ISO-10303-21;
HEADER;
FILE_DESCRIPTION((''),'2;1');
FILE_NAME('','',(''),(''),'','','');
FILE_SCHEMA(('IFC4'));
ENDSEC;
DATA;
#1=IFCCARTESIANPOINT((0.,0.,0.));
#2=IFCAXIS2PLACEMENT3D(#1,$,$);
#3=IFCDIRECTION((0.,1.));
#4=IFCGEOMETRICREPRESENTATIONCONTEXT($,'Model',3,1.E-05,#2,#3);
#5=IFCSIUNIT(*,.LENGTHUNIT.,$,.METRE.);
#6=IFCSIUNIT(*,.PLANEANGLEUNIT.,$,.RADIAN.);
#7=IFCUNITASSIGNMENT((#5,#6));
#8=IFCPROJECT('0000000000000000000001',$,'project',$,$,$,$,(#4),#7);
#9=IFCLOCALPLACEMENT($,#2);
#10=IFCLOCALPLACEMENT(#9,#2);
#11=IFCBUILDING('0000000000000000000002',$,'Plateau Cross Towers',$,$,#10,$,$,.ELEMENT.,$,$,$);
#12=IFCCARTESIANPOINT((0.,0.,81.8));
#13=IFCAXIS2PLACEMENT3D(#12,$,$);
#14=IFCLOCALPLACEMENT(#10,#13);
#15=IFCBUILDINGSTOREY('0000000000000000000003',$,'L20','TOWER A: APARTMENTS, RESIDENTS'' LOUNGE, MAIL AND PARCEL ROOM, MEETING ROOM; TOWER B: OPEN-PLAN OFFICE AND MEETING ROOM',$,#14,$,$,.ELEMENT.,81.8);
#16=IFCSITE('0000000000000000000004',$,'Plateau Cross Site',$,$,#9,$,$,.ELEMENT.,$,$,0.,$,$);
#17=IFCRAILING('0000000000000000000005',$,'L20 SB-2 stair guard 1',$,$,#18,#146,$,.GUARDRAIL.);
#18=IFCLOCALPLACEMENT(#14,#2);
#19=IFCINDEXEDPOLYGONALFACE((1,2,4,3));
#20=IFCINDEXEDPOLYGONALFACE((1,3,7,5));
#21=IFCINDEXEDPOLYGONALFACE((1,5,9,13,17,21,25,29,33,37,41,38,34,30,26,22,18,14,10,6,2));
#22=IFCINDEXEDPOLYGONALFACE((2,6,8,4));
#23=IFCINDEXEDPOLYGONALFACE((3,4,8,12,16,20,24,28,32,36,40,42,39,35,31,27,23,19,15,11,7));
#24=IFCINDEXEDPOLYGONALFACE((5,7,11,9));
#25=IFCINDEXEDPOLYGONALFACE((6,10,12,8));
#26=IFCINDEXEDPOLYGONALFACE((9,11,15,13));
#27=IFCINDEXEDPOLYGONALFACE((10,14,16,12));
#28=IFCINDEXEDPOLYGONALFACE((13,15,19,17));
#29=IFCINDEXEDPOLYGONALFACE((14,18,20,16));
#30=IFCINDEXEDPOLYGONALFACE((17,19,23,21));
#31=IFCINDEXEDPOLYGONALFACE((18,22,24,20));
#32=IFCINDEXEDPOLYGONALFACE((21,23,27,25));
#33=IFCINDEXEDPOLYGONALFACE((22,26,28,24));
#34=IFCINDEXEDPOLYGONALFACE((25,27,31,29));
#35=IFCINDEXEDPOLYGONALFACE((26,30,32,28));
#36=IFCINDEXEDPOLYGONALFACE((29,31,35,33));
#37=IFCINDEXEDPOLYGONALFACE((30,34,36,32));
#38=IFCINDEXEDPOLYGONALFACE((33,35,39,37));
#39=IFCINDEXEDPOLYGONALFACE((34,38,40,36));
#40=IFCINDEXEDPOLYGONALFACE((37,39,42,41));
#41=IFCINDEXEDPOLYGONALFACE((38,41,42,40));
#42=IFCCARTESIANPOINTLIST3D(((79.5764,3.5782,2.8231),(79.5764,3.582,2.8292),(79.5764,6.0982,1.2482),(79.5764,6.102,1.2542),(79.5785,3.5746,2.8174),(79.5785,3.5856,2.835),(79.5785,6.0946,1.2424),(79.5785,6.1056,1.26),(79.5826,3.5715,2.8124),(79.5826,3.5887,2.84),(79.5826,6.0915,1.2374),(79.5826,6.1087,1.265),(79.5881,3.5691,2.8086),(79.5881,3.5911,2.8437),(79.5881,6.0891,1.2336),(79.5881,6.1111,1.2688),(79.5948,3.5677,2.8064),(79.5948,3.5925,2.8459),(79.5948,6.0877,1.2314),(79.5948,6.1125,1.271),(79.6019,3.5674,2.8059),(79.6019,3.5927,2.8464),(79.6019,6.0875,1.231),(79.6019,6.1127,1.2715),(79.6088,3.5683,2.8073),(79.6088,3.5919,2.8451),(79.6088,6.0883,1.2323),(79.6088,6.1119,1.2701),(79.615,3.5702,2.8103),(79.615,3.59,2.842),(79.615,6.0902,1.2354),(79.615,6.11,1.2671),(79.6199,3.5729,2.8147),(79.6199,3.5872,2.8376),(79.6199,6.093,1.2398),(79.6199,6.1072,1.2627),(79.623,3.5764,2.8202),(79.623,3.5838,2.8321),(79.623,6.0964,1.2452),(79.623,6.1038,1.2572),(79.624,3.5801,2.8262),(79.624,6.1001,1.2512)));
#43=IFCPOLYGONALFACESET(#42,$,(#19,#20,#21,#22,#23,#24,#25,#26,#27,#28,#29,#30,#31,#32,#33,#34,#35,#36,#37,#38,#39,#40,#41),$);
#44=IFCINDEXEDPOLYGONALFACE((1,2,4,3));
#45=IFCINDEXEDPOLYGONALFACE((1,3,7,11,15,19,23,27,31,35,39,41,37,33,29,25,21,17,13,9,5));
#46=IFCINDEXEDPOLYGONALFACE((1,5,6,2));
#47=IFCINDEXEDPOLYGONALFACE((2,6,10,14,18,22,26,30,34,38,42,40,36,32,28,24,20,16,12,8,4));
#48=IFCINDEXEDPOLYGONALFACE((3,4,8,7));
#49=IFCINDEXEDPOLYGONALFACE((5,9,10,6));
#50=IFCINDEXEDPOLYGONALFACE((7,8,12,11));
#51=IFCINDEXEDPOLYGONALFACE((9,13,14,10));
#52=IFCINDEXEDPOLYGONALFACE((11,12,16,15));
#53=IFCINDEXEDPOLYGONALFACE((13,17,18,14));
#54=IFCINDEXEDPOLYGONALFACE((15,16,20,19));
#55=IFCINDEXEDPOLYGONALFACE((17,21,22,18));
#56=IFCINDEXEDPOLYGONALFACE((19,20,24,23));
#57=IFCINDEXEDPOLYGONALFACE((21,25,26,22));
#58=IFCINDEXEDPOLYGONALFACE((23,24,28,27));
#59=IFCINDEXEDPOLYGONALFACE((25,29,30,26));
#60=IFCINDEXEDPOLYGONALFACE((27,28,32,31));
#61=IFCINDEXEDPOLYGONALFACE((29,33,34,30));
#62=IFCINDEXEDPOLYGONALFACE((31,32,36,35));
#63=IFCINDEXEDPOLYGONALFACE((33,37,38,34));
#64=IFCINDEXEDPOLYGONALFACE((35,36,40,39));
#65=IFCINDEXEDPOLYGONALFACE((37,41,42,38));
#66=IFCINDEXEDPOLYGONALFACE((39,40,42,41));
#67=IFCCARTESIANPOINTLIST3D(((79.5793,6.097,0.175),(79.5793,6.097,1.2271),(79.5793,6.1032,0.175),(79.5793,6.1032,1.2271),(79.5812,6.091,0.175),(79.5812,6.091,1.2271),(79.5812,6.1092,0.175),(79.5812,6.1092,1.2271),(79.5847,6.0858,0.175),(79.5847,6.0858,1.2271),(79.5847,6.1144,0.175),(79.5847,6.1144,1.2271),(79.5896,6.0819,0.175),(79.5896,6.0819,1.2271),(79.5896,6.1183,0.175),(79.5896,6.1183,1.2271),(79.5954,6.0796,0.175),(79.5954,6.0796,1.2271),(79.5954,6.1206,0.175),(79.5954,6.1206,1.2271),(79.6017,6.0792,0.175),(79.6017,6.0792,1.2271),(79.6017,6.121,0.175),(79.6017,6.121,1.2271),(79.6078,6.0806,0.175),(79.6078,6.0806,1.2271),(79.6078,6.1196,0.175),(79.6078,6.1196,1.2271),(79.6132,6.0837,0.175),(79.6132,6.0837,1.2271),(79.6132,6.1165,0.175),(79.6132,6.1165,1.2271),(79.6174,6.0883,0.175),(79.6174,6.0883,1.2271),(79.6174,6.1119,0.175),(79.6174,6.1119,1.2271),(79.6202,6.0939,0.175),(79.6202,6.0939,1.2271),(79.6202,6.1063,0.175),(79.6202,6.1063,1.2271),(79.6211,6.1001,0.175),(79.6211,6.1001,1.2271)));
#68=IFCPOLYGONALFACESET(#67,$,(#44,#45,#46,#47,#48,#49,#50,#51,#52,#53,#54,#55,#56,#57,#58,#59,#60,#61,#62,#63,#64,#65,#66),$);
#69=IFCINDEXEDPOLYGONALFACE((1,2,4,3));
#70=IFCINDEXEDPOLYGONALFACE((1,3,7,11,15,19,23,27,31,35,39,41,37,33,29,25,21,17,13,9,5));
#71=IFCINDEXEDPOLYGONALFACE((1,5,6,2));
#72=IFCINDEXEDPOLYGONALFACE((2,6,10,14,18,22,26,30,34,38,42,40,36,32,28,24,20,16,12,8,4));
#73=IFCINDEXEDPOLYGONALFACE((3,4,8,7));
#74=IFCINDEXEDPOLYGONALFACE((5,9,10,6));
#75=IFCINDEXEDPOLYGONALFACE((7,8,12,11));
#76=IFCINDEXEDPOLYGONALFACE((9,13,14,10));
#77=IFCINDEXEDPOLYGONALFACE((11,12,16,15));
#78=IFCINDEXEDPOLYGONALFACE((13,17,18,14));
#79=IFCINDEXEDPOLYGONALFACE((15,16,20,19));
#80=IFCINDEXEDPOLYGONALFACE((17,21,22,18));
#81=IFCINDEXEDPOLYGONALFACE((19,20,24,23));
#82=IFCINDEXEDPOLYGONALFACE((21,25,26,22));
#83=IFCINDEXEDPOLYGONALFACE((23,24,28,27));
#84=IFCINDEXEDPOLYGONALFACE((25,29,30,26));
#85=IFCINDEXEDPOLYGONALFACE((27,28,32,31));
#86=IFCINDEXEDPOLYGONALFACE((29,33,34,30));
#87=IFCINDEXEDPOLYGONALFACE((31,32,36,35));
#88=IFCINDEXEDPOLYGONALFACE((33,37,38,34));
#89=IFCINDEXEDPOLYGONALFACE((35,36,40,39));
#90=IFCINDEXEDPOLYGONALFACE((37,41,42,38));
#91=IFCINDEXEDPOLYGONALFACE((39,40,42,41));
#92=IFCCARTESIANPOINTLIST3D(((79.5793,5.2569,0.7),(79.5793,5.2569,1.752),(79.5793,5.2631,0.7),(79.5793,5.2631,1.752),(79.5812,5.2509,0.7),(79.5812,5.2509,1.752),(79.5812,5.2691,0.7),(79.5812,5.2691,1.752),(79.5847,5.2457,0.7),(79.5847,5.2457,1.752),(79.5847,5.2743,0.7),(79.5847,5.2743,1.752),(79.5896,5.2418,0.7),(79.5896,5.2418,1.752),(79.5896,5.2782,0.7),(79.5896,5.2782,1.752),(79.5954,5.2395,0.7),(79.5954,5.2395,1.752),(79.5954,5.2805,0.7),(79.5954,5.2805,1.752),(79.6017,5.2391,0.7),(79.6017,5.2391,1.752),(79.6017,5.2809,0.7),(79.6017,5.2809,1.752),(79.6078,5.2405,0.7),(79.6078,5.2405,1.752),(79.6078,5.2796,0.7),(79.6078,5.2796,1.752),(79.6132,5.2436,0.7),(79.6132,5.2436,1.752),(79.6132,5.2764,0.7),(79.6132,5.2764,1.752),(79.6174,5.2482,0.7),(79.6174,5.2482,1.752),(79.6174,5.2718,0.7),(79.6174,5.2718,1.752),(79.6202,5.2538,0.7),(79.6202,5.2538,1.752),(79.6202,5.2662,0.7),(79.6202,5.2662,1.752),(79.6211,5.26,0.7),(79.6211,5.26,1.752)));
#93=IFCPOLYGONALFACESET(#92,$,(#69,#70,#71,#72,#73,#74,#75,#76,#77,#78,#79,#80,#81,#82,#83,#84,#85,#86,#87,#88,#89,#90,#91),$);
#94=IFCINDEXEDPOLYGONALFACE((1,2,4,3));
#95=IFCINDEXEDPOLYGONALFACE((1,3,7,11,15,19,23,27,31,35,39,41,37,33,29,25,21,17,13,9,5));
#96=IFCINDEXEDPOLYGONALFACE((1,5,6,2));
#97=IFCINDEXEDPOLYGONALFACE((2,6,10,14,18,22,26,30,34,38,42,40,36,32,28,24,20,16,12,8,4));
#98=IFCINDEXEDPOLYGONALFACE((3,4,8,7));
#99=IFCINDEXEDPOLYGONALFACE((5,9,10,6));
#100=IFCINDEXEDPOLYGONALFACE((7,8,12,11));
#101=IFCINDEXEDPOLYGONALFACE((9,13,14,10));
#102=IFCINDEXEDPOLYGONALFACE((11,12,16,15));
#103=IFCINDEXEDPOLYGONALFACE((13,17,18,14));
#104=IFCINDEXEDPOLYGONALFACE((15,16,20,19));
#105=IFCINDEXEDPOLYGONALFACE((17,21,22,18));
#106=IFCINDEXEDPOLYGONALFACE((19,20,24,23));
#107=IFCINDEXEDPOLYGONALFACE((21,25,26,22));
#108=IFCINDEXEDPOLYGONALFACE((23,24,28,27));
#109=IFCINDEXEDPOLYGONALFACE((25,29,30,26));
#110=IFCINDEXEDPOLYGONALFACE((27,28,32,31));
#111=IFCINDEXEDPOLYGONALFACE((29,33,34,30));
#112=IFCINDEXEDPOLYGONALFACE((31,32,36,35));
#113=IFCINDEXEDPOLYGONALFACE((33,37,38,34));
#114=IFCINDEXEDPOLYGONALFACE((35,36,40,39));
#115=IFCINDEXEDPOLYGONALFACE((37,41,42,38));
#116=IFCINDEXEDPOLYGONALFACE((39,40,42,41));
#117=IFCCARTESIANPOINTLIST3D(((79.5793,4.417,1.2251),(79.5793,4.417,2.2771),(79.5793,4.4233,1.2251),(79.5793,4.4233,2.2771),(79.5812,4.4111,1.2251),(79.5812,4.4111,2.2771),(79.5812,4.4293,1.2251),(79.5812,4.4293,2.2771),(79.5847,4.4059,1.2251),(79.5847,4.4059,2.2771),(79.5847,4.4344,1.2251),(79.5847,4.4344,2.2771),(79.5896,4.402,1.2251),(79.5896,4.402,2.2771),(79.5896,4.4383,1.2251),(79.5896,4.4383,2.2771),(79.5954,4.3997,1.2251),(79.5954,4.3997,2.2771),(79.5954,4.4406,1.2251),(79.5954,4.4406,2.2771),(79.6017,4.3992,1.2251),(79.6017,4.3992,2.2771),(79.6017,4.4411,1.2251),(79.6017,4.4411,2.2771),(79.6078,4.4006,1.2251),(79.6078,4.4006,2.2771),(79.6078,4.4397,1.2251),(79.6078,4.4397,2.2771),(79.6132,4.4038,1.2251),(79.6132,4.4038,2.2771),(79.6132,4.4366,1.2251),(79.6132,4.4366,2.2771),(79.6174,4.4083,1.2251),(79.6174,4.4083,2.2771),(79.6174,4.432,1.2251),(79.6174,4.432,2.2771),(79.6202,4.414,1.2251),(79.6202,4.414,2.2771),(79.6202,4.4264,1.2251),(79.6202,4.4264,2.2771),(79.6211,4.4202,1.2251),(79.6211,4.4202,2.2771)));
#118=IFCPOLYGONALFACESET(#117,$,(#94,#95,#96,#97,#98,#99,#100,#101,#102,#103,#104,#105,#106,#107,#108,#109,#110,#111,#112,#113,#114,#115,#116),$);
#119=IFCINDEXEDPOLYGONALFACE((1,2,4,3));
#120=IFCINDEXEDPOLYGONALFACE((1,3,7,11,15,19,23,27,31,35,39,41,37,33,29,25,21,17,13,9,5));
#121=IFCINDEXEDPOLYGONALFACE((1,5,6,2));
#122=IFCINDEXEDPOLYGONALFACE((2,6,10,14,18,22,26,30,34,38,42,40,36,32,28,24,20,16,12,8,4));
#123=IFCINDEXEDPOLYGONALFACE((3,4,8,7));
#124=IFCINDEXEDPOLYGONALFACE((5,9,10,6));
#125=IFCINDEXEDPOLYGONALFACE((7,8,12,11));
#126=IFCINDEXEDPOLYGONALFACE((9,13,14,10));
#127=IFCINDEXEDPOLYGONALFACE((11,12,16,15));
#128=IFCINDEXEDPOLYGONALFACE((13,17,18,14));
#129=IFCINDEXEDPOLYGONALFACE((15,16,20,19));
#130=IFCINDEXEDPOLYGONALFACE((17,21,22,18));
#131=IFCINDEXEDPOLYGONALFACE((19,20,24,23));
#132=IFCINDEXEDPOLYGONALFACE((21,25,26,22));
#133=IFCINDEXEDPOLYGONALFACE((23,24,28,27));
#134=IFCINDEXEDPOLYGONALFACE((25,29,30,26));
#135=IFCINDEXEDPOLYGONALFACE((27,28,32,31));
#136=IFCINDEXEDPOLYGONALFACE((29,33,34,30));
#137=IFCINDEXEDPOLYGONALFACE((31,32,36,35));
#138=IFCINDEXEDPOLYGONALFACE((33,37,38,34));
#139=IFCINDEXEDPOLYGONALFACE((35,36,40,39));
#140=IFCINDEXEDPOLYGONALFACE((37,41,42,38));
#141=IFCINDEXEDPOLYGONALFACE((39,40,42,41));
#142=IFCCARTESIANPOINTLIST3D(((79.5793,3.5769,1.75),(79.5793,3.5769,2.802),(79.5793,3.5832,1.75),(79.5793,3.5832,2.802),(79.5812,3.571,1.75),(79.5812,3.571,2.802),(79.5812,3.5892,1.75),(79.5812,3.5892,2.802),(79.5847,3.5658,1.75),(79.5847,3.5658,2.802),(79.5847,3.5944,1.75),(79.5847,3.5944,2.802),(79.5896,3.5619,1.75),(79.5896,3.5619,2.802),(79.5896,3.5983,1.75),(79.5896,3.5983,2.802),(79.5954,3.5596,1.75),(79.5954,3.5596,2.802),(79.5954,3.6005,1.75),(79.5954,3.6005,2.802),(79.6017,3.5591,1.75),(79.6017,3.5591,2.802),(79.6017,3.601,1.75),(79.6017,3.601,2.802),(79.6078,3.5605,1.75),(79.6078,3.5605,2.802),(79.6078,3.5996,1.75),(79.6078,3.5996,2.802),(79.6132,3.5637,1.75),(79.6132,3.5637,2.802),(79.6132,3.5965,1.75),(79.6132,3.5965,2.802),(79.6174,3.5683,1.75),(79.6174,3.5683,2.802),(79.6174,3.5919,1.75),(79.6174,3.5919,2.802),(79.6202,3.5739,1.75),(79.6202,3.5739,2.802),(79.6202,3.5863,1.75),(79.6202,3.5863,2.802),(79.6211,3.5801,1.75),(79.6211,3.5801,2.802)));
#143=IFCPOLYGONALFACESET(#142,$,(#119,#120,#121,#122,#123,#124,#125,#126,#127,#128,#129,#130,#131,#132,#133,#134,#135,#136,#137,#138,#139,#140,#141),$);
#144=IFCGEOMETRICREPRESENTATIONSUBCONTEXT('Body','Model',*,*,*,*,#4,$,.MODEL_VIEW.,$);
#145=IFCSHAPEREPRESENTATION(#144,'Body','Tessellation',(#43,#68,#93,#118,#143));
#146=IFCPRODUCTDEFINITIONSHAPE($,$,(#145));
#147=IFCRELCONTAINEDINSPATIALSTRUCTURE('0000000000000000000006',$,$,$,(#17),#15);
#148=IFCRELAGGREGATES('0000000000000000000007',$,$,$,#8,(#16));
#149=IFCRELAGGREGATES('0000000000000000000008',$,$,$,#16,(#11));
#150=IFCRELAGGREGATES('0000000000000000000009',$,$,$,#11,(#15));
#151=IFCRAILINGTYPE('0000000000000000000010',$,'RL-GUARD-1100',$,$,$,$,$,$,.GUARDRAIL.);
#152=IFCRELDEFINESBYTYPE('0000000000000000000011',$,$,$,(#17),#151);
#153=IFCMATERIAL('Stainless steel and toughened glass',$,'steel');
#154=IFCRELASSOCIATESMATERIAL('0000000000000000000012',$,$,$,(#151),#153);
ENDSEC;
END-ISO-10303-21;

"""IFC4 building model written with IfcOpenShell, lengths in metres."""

from ifc_helpers import new_model, si_unit, direction, frame, origin, origin_2d, place, context, subcontext, project, spatial, circle, extrude, material, type_object, element, save


model = new_model("IFC4")

# Units and contexts
model_context = context("Model", 3, precision=1e-05, world=origin(), true_north=direction((0.0, 1.0)))
body_context = subcontext(model_context, "Body", "Model", "MODEL_VIEW")
ifc_project = project(units=[si_unit("LENGTHUNIT", "METRE"), si_unit("PLANEANGLEUNIT", "RADIAN")], contexts=[model_context])

# Site, building, storey
site_placement = place(None, origin())
site = spatial("IfcSite", under=ifc_project, at=site_placement, Name="Plateau Cross Site", CompositionType="ELEMENT", RefElevation=0.0)
building_placement = place(site_placement, origin())
building = spatial("IfcBuilding", under=site, at=building_placement, Name="Plateau Cross Towers", CompositionType="ELEMENT")
storey_placement = place(building_placement, frame((0.0, 0.0, 81.8)))
storey = spatial("IfcBuildingStorey", under=building, at=storey_placement, Name="L20", Description="TOWER A: APARTMENTS, RESIDENTS' LOUNGE, MAIL AND PARCEL ROOM, MEETING ROOM; TOWER B: OPEN-PLAN OFFICE AND MEETING ROOM", CompositionType="ELEMENT", Elevation=81.8)

# Railing
ifc_material_1 = material(Name="Stainless steel and toughened glass", Category="steel")
railing_type = type_object("IfcRailingType", Name="RL-GUARD-1100", PredefinedType="GUARDRAIL", material=ifc_material_1)
railing_1_placement = place(storey_placement, frame((79.6001, 6.1001, 0.175)))
element("IfcRailing", 1, at=railing_1_placement, inside=storey, type_object=railing_type, Name="L20 SB-2 stair guard 1", PredefinedType="GUARDRAIL", context=body_context, shape_type="SweptSolid", body=[
    extrude(circle(Radius=0.0239, at=origin_2d()), frame((0.0, 0.0, 1.0762), z_axis=(0.0, -0.848008, 0.529984), x_axis=(1.0, 0.0, 0.0)), (0.0, 0.0, 1.0), 2.9717),
    extrude(circle(Radius=0.021, at=origin_2d()), origin(), (0.0, 0.0, 1.0), 1.052),
    extrude(circle(Radius=0.021, at=origin_2d()), frame((0.0, -0.8401, 0.5249)), (0.0, 0.0, 1.0), 1.052),
    extrude(circle(Radius=0.021, at=origin_2d()), frame((0.0, -1.6799, 1.05)), (0.0, 0.0, 1.0), 1.052),
    extrude(circle(Radius=0.021, at=origin_2d()), frame((0.0, -2.52, 1.575)), (0.0, 0.0, 1.0), 1.052),
])

save(model, "model.ifc")
